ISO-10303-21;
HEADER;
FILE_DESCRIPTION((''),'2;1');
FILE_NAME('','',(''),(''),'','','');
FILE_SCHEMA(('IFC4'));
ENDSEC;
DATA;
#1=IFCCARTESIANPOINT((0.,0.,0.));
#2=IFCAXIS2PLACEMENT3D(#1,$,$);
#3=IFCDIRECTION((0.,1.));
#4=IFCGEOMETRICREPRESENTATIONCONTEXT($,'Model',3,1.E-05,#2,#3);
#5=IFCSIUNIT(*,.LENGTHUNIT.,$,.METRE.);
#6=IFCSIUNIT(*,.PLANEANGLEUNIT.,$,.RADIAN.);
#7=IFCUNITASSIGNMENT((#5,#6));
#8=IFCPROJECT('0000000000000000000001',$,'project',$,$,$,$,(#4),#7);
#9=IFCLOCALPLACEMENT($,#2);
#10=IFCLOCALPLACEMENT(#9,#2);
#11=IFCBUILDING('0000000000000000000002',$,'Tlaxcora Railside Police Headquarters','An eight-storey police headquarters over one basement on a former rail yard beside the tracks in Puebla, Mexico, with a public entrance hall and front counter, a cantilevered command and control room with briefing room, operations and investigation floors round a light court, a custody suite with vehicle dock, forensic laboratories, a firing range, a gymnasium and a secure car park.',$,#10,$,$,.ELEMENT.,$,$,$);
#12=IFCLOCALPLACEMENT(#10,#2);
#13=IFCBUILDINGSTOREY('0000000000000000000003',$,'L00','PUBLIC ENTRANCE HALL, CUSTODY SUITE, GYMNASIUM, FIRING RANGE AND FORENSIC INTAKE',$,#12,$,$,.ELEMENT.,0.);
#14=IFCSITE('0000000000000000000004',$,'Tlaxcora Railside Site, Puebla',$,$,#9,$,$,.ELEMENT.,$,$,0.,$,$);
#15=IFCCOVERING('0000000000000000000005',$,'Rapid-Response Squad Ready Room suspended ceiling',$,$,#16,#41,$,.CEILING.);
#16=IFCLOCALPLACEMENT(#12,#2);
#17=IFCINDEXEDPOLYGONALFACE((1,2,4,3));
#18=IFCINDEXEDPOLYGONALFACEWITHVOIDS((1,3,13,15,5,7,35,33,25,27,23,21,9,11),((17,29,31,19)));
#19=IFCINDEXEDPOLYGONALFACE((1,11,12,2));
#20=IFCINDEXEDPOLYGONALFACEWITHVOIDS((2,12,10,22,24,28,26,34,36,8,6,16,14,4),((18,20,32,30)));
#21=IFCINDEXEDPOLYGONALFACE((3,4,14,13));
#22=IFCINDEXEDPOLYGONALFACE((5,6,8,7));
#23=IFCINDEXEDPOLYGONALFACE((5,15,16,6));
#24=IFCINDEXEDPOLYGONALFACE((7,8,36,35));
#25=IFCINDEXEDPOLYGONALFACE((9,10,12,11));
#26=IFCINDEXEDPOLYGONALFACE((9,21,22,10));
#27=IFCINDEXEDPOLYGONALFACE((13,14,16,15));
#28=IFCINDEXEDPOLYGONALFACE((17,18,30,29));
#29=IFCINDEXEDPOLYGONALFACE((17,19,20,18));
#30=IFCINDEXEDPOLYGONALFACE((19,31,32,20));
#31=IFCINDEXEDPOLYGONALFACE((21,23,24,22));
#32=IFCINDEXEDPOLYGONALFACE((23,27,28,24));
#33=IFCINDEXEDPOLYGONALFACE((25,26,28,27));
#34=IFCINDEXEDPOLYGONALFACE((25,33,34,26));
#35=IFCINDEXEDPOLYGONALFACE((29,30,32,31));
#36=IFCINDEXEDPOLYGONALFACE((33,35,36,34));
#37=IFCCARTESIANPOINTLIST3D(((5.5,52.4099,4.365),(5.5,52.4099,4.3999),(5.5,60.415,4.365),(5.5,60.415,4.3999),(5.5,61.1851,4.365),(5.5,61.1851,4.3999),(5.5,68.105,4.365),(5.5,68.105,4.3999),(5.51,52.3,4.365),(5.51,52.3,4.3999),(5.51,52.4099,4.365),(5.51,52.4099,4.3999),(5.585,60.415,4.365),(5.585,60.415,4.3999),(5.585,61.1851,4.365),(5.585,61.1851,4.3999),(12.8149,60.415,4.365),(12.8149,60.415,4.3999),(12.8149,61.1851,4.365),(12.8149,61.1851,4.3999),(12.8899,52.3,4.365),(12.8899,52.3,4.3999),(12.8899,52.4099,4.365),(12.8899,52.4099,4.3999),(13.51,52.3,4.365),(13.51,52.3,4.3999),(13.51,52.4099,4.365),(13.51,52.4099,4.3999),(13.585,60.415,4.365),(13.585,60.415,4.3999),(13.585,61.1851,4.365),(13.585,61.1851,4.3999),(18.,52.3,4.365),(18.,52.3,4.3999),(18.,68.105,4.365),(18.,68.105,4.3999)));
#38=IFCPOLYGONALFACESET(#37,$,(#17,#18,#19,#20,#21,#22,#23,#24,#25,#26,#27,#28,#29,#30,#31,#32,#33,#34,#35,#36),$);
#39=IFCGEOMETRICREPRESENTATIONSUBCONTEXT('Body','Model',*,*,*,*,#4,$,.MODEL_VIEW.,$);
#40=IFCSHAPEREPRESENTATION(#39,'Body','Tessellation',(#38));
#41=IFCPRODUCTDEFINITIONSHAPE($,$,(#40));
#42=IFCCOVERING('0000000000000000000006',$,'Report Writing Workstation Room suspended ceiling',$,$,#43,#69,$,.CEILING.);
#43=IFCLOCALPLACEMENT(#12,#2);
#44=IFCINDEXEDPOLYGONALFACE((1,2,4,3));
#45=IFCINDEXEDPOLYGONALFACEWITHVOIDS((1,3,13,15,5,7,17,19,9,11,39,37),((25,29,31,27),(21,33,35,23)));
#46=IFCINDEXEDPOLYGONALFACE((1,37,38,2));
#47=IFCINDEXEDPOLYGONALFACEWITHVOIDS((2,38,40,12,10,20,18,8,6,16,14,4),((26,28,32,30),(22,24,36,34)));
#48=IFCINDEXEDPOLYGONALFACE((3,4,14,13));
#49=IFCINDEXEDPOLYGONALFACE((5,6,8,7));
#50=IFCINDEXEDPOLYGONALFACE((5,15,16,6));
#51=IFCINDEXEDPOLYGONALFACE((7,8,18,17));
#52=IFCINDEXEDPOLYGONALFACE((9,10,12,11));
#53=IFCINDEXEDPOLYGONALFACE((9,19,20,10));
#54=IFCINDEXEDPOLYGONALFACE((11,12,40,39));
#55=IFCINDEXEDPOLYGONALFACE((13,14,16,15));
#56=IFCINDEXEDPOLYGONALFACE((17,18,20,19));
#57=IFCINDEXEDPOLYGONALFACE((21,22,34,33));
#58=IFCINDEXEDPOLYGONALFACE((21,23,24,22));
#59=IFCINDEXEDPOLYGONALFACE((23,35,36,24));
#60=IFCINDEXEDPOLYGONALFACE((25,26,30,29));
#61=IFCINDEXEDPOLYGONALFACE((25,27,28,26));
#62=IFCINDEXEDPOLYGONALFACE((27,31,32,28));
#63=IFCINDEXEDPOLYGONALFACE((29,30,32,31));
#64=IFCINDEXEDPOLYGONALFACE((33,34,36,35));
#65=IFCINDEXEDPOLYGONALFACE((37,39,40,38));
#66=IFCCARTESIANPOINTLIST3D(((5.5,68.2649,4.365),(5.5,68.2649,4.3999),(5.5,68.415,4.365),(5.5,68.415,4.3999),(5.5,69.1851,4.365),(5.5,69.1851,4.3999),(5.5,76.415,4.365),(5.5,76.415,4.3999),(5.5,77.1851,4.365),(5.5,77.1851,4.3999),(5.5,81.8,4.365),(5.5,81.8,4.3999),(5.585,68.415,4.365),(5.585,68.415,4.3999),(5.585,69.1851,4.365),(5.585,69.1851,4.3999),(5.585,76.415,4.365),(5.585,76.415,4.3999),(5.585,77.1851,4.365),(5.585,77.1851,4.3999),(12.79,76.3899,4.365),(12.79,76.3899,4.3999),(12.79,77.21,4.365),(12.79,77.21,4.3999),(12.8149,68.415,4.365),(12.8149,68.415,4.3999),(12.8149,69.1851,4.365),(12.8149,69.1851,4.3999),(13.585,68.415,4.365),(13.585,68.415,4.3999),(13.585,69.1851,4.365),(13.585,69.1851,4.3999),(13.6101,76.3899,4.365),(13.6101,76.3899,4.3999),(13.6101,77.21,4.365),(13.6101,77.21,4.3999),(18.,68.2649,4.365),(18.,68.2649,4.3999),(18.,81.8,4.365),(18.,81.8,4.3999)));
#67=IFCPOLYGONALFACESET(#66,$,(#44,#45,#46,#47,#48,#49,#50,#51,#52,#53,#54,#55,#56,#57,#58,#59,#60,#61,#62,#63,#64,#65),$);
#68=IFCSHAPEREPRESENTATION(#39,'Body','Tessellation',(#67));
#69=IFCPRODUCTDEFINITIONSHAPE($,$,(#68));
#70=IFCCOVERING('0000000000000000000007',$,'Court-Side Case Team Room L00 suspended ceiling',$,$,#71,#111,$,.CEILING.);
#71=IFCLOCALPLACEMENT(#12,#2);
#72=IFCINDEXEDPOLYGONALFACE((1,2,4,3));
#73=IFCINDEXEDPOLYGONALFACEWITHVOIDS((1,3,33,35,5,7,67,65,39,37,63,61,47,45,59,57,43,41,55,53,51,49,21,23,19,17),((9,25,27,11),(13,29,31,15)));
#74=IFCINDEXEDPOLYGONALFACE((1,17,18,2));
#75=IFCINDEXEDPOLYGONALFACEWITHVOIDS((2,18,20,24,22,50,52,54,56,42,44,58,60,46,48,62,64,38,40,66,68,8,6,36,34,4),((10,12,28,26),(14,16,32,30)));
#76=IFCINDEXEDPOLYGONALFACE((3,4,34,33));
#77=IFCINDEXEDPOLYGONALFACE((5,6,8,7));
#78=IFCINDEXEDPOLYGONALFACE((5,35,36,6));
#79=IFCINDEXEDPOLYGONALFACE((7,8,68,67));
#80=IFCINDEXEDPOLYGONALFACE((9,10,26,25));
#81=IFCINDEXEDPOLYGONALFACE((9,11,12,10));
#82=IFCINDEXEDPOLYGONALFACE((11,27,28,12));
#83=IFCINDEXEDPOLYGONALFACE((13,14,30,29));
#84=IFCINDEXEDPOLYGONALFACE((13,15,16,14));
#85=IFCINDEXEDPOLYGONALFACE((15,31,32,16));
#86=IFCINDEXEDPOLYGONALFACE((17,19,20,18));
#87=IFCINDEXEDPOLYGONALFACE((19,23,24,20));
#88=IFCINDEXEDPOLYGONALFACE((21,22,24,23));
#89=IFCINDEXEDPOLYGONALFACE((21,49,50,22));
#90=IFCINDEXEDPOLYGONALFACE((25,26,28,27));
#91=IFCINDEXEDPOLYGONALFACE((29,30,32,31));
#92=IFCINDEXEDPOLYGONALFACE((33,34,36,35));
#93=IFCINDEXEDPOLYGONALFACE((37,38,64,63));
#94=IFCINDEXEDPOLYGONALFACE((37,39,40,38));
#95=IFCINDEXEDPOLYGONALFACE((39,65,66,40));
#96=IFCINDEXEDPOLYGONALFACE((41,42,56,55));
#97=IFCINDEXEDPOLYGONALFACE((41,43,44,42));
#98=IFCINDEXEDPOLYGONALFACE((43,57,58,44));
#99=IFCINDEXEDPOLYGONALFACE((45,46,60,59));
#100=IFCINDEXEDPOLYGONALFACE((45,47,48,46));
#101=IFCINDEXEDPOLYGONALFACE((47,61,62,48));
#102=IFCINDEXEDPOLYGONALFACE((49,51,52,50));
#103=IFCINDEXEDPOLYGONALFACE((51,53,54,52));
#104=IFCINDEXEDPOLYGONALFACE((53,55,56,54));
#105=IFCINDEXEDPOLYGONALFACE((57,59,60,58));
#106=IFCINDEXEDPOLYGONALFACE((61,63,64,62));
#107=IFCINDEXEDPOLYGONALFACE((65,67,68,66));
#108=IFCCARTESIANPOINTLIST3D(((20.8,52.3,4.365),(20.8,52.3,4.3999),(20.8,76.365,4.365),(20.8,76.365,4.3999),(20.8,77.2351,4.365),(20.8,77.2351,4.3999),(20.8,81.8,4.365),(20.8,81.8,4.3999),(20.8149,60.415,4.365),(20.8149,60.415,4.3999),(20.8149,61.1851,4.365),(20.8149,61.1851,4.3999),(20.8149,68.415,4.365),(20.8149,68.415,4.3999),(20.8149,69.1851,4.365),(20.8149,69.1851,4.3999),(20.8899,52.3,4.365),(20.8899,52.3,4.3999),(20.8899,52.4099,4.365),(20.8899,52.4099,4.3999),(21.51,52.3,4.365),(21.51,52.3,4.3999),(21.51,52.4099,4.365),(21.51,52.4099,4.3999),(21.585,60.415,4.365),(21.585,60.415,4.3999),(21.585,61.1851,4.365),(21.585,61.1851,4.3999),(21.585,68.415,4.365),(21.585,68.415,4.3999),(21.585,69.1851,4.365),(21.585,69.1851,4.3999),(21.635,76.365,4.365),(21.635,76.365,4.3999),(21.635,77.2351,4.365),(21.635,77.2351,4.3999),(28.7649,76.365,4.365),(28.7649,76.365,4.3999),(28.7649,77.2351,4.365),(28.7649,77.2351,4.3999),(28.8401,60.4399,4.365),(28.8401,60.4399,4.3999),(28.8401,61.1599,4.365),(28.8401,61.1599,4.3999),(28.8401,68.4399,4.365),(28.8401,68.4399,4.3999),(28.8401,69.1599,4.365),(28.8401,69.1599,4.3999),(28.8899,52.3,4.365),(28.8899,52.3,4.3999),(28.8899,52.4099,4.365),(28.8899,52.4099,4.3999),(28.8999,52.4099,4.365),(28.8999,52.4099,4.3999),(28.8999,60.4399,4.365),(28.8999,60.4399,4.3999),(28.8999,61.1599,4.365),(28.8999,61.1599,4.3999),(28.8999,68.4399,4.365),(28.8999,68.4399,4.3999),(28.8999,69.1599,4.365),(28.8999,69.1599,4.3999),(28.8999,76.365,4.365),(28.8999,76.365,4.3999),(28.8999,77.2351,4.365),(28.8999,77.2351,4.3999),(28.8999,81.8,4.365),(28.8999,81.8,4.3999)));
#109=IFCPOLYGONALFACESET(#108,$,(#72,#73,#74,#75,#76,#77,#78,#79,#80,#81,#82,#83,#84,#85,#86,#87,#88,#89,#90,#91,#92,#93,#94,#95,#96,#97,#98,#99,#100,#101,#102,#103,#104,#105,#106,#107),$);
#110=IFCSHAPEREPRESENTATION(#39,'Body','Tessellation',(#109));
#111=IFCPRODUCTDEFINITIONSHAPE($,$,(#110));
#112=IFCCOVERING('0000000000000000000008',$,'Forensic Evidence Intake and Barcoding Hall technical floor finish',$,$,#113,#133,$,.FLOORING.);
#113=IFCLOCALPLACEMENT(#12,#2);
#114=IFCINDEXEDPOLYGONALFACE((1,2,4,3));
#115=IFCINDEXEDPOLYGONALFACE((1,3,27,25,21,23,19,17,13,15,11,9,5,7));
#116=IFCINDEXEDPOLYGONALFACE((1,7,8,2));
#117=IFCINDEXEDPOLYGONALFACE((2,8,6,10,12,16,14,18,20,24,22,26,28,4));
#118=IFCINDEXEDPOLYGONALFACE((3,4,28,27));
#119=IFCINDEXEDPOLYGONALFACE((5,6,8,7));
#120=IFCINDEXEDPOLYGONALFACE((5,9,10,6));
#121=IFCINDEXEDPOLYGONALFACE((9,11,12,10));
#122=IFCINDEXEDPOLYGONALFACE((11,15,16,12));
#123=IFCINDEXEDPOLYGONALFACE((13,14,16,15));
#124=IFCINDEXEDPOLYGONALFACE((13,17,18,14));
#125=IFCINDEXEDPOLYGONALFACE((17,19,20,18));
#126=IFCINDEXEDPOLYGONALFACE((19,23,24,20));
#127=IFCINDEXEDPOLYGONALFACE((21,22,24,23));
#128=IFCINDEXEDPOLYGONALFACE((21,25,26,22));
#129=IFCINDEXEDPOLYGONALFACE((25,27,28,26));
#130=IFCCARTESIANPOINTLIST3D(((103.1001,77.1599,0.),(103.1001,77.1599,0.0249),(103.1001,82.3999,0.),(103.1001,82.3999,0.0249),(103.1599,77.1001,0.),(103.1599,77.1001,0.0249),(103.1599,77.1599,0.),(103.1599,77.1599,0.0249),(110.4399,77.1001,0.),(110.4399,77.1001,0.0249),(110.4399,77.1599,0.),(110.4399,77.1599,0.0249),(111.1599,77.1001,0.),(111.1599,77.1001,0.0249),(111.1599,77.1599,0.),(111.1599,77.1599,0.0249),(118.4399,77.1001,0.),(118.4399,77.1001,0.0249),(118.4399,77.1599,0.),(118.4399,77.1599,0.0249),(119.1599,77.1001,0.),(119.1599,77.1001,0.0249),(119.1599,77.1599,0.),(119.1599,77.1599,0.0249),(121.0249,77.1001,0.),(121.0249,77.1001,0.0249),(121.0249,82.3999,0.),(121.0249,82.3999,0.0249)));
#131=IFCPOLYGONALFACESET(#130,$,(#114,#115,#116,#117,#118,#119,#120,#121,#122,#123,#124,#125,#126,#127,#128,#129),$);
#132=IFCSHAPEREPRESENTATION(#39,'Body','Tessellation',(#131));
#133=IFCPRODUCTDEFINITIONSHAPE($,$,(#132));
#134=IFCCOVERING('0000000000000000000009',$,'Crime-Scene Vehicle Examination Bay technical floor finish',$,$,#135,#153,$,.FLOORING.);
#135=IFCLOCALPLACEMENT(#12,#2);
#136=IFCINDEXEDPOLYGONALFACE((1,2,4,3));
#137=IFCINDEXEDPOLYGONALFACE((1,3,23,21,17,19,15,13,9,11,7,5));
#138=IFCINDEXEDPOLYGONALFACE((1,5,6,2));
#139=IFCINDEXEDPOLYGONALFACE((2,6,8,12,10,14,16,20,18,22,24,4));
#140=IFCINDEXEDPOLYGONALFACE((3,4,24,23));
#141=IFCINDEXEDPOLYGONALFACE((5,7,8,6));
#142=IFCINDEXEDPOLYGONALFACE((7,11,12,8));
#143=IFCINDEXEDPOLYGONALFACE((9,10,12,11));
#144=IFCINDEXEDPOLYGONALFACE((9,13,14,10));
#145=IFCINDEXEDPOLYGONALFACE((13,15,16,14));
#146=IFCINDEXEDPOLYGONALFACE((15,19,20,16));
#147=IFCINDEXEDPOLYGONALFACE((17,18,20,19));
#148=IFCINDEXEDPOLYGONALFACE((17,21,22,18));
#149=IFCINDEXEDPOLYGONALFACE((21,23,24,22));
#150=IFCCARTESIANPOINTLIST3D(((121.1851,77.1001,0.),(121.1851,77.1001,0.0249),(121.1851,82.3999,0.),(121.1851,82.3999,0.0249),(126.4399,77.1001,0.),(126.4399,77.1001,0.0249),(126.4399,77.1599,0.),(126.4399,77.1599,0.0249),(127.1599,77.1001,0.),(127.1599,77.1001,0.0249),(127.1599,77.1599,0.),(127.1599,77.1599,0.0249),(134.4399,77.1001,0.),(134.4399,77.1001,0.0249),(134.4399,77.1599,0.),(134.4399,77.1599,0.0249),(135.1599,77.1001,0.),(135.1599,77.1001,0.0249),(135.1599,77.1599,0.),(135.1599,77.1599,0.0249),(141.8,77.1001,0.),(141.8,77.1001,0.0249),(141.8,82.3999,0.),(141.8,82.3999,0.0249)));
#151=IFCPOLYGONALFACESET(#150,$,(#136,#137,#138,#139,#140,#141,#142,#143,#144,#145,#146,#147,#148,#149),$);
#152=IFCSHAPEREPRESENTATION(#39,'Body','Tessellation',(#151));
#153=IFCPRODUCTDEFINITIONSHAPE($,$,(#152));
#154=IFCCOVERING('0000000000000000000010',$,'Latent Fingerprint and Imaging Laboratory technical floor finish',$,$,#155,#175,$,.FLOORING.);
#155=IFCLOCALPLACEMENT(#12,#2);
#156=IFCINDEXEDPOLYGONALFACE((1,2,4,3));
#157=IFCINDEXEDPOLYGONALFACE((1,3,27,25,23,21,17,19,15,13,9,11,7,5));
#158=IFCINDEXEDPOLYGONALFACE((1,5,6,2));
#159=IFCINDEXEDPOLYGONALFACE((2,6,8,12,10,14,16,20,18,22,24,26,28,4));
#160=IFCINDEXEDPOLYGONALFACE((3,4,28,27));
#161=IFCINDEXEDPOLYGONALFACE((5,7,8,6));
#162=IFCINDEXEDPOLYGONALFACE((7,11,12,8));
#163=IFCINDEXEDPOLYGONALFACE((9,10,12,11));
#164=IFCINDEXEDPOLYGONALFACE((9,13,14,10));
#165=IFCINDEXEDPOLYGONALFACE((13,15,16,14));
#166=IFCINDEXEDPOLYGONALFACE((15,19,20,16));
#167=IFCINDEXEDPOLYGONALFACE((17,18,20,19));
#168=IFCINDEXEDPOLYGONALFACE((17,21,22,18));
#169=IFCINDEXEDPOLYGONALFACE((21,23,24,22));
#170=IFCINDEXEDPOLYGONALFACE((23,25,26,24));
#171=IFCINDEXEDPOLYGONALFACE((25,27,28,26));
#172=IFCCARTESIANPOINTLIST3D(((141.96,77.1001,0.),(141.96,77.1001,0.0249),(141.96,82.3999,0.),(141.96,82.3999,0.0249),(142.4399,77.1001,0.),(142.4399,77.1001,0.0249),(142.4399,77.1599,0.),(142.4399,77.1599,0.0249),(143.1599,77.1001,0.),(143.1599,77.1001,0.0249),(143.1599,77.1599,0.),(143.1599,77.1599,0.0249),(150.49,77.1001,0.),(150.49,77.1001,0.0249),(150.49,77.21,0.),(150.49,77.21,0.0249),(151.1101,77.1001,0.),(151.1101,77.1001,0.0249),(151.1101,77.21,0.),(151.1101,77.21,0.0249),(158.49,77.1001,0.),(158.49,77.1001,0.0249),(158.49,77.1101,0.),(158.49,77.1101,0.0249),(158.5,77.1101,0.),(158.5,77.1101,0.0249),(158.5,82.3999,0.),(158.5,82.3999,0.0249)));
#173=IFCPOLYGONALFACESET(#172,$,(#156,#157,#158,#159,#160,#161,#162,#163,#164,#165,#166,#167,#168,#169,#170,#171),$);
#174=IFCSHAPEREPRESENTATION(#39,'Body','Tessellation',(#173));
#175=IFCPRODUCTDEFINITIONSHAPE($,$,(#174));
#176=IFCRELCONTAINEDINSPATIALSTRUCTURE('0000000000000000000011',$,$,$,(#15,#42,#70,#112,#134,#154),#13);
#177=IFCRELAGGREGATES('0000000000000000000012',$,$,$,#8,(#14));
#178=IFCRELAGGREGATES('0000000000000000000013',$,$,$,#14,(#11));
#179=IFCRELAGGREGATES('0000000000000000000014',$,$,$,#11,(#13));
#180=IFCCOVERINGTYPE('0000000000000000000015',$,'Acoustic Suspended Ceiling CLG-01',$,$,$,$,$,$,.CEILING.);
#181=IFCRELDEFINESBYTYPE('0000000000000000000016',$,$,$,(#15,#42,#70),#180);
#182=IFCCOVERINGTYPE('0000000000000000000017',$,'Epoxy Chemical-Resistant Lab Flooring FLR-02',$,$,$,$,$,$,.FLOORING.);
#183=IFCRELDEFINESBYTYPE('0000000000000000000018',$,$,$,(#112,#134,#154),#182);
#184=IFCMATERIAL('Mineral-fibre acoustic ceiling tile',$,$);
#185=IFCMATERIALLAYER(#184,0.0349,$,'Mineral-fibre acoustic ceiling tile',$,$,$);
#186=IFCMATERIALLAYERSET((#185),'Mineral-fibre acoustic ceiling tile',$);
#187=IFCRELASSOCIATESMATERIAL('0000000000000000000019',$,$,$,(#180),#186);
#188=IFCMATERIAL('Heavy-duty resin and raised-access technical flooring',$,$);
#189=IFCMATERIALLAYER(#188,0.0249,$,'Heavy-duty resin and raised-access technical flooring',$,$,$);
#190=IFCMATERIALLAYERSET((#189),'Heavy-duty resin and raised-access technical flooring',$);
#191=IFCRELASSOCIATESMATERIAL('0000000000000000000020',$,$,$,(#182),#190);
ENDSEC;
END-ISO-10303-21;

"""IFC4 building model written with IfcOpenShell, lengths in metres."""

from ifc_helpers import new_model, si_unit, direction, frame, origin, place, context, subcontext, project, spatial, polyline, outline, extrude, material, layer, layer_set, type_object, element, save


model = new_model("IFC4")

# Units and contexts
model_context = context("Model", 3, precision=1e-05, world=origin(), true_north=direction((0.0, 1.0)))
body_context = subcontext(model_context, "Body", "Model", "MODEL_VIEW")
ifc_project = project(units=[si_unit("LENGTHUNIT", "METRE"), si_unit("PLANEANGLEUNIT", "RADIAN")], contexts=[model_context])

# Site, building, storey
site_placement = place(None, origin())
site = spatial("IfcSite", under=ifc_project, at=site_placement, Name="Tlaxcora Railside Site, Puebla", CompositionType="ELEMENT", RefElevation=0.0)
building_placement = place(site_placement, origin())
building = spatial("IfcBuilding", under=site, at=building_placement, Name="Tlaxcora Railside Police Headquarters", Description="An eight-storey police headquarters over one basement on a former rail yard beside the tracks in Puebla, Mexico, with a public entrance hall and front counter, a cantilevered command and control room with briefing room, operations and investigation floors round a light court, a custody suite with vehicle dock, forensic laboratories, a firing range, a gymnasium and a secure car park.", CompositionType="ELEMENT")
storey_placement = place(building_placement, origin())
storey = spatial("IfcBuildingStorey", under=building, at=storey_placement, Name="L00", Description="PUBLIC ENTRANCE HALL, CUSTODY SUITE, GYMNASIUM, FIRING RANGE AND FORENSIC INTAKE", CompositionType="ELEMENT", Elevation=0.0)

# Coverings
ifc_material_1 = material(Name="Mineral-fibre acoustic ceiling tile")
ifc_layer_1 = layer(ifc_material_1, 0.0349, Name="Mineral-fibre acoustic ceiling tile")
ifc_layer_set_1 = layer_set([ifc_layer_1], Name="Mineral-fibre acoustic ceiling tile")
covering_type_1 = type_object("IfcCoveringType", Name="Acoustic Suspended Ceiling CLG-01", PredefinedType="CEILING", material=ifc_layer_set_1)
covering_1_placement = place(storey_placement, frame((0.0, 0.0, 4.365)))
element("IfcCovering", 1, at=covering_1_placement, inside=storey, type_object=covering_type_1, Name="Rapid-Response Squad Ready Room suspended ceiling", PredefinedType="CEILING", context=body_context, shape_type="SweptSolid", body=[
    extrude(outline(polyline([(18.0, 52.3), (18.0, 68.105), (5.5, 68.105), (5.5, 61.1851), (5.585, 61.1851), (5.585, 60.415), (5.5, 60.415), (5.5, 52.4099), (5.51, 52.4099), (5.51, 52.3), (12.8899, 52.3), (12.8899, 52.4099), (13.51, 52.4099), (13.51, 52.3), (18.0, 52.3)]), holes=[polyline([(13.585, 60.415), (12.8149, 60.415), (12.8149, 61.1851), (13.585, 61.1851), (13.585, 60.415)])]), origin(), (0.0, 0.0, 1.0), 0.0349),
])
covering_2_placement = place(storey_placement, frame((0.0, 0.0, 4.365)))
element("IfcCovering", 2, at=covering_2_placement, inside=storey, type_object=covering_type_1, Name="Report Writing Workstation Room suspended ceiling", PredefinedType="CEILING", context=body_context, shape_type="SweptSolid", body=[
    extrude(outline(polyline([(5.585, 69.1851), (5.585, 68.415), (5.5, 68.415), (5.5, 68.2649), (18.0, 68.2649), (18.0, 81.8), (5.5, 81.8), (5.5, 77.1851), (5.585, 77.1851), (5.585, 76.415), (5.5, 76.415), (5.5, 69.1851), (5.585, 69.1851)]), holes=[polyline([(13.585, 69.1851), (13.585, 68.415), (12.8149, 68.415), (12.8149, 69.1851), (13.585, 69.1851)]), polyline([(13.6101, 76.3899), (12.79, 76.3899), (12.79, 77.21), (13.6101, 77.21), (13.6101, 76.3899)])]), origin(), (0.0, 0.0, 1.0), 0.0349),
])
covering_3_placement = place(storey_placement, frame((0.0, 0.0, 4.365)))
element("IfcCovering", 3, at=covering_3_placement, inside=storey, type_object=covering_type_1, Name="Court-Side Case Team Room L00 suspended ceiling", PredefinedType="CEILING", context=body_context, shape_type="SweptSolid", body=[
    extrude(outline(polyline([(20.8899, 52.3), (20.8899, 52.4099), (21.51, 52.4099), (21.51, 52.3), (28.8899, 52.3), (28.8899, 52.4099), (28.8999, 52.4099), (28.8999, 60.4399), (28.8401, 60.4399), (28.8401, 61.1599), (28.8999, 61.1599), (28.8999, 68.4399), (28.8401, 68.4399), (28.8401, 69.1599), (28.8999, 69.1599), (28.8999, 76.365), (28.7649, 76.365), (28.7649, 77.2351), (28.8999, 77.2351), (28.8999, 81.8), (20.8, 81.8), (20.8, 77.2351), (21.635, 77.2351), (21.635, 76.365), (20.8, 76.365), (20.8, 52.3), (20.8899, 52.3)]), holes=[polyline([(20.8149, 61.1851), (21.585, 61.1851), (21.585, 60.415), (20.8149, 60.415), (20.8149, 61.1851)]), polyline([(21.585, 69.1851), (21.585, 68.415), (20.8149, 68.415), (20.8149, 69.1851), (21.585, 69.1851)])]), origin(), (0.0, 0.0, 1.0), 0.0349),
])
ifc_material_2 = material(Name="Heavy-duty resin and raised-access technical flooring")
ifc_layer_2 = layer(ifc_material_2, 0.0249, Name="Heavy-duty resin and raised-access technical flooring")
ifc_layer_set_2 = layer_set([ifc_layer_2], Name="Heavy-duty resin and raised-access technical flooring")
covering_type_2 = type_object("IfcCoveringType", Name="Epoxy Chemical-Resistant Lab Flooring FLR-02", PredefinedType="FLOORING", material=ifc_layer_set_2)
covering_4_placement = place(storey_placement, origin())
element("IfcCovering", 4, at=covering_4_placement, inside=storey, type_object=covering_type_2, Name="Forensic Evidence Intake and Barcoding Hall technical floor finish", PredefinedType="FLOORING", context=body_context, shape_type="SweptSolid", body=[
    extrude(outline(polyline([(121.0249, 82.3999), (103.1001, 82.3999), (103.1001, 77.1599), (103.1599, 77.1599), (103.1599, 77.1001), (110.4399, 77.1001), (110.4399, 77.1599), (111.1599, 77.1599), (111.1599, 77.1001), (118.4399, 77.1001), (118.4399, 77.1599), (119.1599, 77.1599), (119.1599, 77.1001), (121.0249, 77.1001), (121.0249, 82.3999)])), origin(), (0.0, 0.0, 1.0), 0.0249),
])
covering_5_placement = place(storey_placement, origin())
element("IfcCovering", 5, at=covering_5_placement, inside=storey, type_object=covering_type_2, Name="Crime-Scene Vehicle Examination Bay technical floor finish", PredefinedType="FLOORING", context=body_context, shape_type="SweptSolid", body=[
    extrude(outline(polyline([(121.1851, 82.3999), (121.1851, 77.1001), (126.4399, 77.1001), (126.4399, 77.1599), (127.1599, 77.1599), (127.1599, 77.1001), (134.4399, 77.1001), (134.4399, 77.1599), (135.1599, 77.1599), (135.1599, 77.1001), (141.8, 77.1001), (141.8, 82.3999), (121.1851, 82.3999)])), origin(), (0.0, 0.0, 1.0), 0.0249),
])
covering_6_placement = place(storey_placement, origin())
element("IfcCovering", 6, at=covering_6_placement, inside=storey, type_object=covering_type_2, Name="Latent Fingerprint and Imaging Laboratory technical floor finish", PredefinedType="FLOORING", context=body_context, shape_type="SweptSolid", body=[
    extrude(outline(polyline([(158.5, 82.3999), (141.96, 82.3999), (141.96, 77.1001), (142.4399, 77.1001), (142.4399, 77.1599), (143.1599, 77.1599), (143.1599, 77.1001), (150.49, 77.1001), (150.49, 77.21), (151.1101, 77.21), (151.1101, 77.1001), (158.49, 77.1001), (158.49, 77.1101), (158.5, 77.1101), (158.5, 82.3999)])), origin(), (0.0, 0.0, 1.0), 0.0249),
])

save(model, "model.ifc")
